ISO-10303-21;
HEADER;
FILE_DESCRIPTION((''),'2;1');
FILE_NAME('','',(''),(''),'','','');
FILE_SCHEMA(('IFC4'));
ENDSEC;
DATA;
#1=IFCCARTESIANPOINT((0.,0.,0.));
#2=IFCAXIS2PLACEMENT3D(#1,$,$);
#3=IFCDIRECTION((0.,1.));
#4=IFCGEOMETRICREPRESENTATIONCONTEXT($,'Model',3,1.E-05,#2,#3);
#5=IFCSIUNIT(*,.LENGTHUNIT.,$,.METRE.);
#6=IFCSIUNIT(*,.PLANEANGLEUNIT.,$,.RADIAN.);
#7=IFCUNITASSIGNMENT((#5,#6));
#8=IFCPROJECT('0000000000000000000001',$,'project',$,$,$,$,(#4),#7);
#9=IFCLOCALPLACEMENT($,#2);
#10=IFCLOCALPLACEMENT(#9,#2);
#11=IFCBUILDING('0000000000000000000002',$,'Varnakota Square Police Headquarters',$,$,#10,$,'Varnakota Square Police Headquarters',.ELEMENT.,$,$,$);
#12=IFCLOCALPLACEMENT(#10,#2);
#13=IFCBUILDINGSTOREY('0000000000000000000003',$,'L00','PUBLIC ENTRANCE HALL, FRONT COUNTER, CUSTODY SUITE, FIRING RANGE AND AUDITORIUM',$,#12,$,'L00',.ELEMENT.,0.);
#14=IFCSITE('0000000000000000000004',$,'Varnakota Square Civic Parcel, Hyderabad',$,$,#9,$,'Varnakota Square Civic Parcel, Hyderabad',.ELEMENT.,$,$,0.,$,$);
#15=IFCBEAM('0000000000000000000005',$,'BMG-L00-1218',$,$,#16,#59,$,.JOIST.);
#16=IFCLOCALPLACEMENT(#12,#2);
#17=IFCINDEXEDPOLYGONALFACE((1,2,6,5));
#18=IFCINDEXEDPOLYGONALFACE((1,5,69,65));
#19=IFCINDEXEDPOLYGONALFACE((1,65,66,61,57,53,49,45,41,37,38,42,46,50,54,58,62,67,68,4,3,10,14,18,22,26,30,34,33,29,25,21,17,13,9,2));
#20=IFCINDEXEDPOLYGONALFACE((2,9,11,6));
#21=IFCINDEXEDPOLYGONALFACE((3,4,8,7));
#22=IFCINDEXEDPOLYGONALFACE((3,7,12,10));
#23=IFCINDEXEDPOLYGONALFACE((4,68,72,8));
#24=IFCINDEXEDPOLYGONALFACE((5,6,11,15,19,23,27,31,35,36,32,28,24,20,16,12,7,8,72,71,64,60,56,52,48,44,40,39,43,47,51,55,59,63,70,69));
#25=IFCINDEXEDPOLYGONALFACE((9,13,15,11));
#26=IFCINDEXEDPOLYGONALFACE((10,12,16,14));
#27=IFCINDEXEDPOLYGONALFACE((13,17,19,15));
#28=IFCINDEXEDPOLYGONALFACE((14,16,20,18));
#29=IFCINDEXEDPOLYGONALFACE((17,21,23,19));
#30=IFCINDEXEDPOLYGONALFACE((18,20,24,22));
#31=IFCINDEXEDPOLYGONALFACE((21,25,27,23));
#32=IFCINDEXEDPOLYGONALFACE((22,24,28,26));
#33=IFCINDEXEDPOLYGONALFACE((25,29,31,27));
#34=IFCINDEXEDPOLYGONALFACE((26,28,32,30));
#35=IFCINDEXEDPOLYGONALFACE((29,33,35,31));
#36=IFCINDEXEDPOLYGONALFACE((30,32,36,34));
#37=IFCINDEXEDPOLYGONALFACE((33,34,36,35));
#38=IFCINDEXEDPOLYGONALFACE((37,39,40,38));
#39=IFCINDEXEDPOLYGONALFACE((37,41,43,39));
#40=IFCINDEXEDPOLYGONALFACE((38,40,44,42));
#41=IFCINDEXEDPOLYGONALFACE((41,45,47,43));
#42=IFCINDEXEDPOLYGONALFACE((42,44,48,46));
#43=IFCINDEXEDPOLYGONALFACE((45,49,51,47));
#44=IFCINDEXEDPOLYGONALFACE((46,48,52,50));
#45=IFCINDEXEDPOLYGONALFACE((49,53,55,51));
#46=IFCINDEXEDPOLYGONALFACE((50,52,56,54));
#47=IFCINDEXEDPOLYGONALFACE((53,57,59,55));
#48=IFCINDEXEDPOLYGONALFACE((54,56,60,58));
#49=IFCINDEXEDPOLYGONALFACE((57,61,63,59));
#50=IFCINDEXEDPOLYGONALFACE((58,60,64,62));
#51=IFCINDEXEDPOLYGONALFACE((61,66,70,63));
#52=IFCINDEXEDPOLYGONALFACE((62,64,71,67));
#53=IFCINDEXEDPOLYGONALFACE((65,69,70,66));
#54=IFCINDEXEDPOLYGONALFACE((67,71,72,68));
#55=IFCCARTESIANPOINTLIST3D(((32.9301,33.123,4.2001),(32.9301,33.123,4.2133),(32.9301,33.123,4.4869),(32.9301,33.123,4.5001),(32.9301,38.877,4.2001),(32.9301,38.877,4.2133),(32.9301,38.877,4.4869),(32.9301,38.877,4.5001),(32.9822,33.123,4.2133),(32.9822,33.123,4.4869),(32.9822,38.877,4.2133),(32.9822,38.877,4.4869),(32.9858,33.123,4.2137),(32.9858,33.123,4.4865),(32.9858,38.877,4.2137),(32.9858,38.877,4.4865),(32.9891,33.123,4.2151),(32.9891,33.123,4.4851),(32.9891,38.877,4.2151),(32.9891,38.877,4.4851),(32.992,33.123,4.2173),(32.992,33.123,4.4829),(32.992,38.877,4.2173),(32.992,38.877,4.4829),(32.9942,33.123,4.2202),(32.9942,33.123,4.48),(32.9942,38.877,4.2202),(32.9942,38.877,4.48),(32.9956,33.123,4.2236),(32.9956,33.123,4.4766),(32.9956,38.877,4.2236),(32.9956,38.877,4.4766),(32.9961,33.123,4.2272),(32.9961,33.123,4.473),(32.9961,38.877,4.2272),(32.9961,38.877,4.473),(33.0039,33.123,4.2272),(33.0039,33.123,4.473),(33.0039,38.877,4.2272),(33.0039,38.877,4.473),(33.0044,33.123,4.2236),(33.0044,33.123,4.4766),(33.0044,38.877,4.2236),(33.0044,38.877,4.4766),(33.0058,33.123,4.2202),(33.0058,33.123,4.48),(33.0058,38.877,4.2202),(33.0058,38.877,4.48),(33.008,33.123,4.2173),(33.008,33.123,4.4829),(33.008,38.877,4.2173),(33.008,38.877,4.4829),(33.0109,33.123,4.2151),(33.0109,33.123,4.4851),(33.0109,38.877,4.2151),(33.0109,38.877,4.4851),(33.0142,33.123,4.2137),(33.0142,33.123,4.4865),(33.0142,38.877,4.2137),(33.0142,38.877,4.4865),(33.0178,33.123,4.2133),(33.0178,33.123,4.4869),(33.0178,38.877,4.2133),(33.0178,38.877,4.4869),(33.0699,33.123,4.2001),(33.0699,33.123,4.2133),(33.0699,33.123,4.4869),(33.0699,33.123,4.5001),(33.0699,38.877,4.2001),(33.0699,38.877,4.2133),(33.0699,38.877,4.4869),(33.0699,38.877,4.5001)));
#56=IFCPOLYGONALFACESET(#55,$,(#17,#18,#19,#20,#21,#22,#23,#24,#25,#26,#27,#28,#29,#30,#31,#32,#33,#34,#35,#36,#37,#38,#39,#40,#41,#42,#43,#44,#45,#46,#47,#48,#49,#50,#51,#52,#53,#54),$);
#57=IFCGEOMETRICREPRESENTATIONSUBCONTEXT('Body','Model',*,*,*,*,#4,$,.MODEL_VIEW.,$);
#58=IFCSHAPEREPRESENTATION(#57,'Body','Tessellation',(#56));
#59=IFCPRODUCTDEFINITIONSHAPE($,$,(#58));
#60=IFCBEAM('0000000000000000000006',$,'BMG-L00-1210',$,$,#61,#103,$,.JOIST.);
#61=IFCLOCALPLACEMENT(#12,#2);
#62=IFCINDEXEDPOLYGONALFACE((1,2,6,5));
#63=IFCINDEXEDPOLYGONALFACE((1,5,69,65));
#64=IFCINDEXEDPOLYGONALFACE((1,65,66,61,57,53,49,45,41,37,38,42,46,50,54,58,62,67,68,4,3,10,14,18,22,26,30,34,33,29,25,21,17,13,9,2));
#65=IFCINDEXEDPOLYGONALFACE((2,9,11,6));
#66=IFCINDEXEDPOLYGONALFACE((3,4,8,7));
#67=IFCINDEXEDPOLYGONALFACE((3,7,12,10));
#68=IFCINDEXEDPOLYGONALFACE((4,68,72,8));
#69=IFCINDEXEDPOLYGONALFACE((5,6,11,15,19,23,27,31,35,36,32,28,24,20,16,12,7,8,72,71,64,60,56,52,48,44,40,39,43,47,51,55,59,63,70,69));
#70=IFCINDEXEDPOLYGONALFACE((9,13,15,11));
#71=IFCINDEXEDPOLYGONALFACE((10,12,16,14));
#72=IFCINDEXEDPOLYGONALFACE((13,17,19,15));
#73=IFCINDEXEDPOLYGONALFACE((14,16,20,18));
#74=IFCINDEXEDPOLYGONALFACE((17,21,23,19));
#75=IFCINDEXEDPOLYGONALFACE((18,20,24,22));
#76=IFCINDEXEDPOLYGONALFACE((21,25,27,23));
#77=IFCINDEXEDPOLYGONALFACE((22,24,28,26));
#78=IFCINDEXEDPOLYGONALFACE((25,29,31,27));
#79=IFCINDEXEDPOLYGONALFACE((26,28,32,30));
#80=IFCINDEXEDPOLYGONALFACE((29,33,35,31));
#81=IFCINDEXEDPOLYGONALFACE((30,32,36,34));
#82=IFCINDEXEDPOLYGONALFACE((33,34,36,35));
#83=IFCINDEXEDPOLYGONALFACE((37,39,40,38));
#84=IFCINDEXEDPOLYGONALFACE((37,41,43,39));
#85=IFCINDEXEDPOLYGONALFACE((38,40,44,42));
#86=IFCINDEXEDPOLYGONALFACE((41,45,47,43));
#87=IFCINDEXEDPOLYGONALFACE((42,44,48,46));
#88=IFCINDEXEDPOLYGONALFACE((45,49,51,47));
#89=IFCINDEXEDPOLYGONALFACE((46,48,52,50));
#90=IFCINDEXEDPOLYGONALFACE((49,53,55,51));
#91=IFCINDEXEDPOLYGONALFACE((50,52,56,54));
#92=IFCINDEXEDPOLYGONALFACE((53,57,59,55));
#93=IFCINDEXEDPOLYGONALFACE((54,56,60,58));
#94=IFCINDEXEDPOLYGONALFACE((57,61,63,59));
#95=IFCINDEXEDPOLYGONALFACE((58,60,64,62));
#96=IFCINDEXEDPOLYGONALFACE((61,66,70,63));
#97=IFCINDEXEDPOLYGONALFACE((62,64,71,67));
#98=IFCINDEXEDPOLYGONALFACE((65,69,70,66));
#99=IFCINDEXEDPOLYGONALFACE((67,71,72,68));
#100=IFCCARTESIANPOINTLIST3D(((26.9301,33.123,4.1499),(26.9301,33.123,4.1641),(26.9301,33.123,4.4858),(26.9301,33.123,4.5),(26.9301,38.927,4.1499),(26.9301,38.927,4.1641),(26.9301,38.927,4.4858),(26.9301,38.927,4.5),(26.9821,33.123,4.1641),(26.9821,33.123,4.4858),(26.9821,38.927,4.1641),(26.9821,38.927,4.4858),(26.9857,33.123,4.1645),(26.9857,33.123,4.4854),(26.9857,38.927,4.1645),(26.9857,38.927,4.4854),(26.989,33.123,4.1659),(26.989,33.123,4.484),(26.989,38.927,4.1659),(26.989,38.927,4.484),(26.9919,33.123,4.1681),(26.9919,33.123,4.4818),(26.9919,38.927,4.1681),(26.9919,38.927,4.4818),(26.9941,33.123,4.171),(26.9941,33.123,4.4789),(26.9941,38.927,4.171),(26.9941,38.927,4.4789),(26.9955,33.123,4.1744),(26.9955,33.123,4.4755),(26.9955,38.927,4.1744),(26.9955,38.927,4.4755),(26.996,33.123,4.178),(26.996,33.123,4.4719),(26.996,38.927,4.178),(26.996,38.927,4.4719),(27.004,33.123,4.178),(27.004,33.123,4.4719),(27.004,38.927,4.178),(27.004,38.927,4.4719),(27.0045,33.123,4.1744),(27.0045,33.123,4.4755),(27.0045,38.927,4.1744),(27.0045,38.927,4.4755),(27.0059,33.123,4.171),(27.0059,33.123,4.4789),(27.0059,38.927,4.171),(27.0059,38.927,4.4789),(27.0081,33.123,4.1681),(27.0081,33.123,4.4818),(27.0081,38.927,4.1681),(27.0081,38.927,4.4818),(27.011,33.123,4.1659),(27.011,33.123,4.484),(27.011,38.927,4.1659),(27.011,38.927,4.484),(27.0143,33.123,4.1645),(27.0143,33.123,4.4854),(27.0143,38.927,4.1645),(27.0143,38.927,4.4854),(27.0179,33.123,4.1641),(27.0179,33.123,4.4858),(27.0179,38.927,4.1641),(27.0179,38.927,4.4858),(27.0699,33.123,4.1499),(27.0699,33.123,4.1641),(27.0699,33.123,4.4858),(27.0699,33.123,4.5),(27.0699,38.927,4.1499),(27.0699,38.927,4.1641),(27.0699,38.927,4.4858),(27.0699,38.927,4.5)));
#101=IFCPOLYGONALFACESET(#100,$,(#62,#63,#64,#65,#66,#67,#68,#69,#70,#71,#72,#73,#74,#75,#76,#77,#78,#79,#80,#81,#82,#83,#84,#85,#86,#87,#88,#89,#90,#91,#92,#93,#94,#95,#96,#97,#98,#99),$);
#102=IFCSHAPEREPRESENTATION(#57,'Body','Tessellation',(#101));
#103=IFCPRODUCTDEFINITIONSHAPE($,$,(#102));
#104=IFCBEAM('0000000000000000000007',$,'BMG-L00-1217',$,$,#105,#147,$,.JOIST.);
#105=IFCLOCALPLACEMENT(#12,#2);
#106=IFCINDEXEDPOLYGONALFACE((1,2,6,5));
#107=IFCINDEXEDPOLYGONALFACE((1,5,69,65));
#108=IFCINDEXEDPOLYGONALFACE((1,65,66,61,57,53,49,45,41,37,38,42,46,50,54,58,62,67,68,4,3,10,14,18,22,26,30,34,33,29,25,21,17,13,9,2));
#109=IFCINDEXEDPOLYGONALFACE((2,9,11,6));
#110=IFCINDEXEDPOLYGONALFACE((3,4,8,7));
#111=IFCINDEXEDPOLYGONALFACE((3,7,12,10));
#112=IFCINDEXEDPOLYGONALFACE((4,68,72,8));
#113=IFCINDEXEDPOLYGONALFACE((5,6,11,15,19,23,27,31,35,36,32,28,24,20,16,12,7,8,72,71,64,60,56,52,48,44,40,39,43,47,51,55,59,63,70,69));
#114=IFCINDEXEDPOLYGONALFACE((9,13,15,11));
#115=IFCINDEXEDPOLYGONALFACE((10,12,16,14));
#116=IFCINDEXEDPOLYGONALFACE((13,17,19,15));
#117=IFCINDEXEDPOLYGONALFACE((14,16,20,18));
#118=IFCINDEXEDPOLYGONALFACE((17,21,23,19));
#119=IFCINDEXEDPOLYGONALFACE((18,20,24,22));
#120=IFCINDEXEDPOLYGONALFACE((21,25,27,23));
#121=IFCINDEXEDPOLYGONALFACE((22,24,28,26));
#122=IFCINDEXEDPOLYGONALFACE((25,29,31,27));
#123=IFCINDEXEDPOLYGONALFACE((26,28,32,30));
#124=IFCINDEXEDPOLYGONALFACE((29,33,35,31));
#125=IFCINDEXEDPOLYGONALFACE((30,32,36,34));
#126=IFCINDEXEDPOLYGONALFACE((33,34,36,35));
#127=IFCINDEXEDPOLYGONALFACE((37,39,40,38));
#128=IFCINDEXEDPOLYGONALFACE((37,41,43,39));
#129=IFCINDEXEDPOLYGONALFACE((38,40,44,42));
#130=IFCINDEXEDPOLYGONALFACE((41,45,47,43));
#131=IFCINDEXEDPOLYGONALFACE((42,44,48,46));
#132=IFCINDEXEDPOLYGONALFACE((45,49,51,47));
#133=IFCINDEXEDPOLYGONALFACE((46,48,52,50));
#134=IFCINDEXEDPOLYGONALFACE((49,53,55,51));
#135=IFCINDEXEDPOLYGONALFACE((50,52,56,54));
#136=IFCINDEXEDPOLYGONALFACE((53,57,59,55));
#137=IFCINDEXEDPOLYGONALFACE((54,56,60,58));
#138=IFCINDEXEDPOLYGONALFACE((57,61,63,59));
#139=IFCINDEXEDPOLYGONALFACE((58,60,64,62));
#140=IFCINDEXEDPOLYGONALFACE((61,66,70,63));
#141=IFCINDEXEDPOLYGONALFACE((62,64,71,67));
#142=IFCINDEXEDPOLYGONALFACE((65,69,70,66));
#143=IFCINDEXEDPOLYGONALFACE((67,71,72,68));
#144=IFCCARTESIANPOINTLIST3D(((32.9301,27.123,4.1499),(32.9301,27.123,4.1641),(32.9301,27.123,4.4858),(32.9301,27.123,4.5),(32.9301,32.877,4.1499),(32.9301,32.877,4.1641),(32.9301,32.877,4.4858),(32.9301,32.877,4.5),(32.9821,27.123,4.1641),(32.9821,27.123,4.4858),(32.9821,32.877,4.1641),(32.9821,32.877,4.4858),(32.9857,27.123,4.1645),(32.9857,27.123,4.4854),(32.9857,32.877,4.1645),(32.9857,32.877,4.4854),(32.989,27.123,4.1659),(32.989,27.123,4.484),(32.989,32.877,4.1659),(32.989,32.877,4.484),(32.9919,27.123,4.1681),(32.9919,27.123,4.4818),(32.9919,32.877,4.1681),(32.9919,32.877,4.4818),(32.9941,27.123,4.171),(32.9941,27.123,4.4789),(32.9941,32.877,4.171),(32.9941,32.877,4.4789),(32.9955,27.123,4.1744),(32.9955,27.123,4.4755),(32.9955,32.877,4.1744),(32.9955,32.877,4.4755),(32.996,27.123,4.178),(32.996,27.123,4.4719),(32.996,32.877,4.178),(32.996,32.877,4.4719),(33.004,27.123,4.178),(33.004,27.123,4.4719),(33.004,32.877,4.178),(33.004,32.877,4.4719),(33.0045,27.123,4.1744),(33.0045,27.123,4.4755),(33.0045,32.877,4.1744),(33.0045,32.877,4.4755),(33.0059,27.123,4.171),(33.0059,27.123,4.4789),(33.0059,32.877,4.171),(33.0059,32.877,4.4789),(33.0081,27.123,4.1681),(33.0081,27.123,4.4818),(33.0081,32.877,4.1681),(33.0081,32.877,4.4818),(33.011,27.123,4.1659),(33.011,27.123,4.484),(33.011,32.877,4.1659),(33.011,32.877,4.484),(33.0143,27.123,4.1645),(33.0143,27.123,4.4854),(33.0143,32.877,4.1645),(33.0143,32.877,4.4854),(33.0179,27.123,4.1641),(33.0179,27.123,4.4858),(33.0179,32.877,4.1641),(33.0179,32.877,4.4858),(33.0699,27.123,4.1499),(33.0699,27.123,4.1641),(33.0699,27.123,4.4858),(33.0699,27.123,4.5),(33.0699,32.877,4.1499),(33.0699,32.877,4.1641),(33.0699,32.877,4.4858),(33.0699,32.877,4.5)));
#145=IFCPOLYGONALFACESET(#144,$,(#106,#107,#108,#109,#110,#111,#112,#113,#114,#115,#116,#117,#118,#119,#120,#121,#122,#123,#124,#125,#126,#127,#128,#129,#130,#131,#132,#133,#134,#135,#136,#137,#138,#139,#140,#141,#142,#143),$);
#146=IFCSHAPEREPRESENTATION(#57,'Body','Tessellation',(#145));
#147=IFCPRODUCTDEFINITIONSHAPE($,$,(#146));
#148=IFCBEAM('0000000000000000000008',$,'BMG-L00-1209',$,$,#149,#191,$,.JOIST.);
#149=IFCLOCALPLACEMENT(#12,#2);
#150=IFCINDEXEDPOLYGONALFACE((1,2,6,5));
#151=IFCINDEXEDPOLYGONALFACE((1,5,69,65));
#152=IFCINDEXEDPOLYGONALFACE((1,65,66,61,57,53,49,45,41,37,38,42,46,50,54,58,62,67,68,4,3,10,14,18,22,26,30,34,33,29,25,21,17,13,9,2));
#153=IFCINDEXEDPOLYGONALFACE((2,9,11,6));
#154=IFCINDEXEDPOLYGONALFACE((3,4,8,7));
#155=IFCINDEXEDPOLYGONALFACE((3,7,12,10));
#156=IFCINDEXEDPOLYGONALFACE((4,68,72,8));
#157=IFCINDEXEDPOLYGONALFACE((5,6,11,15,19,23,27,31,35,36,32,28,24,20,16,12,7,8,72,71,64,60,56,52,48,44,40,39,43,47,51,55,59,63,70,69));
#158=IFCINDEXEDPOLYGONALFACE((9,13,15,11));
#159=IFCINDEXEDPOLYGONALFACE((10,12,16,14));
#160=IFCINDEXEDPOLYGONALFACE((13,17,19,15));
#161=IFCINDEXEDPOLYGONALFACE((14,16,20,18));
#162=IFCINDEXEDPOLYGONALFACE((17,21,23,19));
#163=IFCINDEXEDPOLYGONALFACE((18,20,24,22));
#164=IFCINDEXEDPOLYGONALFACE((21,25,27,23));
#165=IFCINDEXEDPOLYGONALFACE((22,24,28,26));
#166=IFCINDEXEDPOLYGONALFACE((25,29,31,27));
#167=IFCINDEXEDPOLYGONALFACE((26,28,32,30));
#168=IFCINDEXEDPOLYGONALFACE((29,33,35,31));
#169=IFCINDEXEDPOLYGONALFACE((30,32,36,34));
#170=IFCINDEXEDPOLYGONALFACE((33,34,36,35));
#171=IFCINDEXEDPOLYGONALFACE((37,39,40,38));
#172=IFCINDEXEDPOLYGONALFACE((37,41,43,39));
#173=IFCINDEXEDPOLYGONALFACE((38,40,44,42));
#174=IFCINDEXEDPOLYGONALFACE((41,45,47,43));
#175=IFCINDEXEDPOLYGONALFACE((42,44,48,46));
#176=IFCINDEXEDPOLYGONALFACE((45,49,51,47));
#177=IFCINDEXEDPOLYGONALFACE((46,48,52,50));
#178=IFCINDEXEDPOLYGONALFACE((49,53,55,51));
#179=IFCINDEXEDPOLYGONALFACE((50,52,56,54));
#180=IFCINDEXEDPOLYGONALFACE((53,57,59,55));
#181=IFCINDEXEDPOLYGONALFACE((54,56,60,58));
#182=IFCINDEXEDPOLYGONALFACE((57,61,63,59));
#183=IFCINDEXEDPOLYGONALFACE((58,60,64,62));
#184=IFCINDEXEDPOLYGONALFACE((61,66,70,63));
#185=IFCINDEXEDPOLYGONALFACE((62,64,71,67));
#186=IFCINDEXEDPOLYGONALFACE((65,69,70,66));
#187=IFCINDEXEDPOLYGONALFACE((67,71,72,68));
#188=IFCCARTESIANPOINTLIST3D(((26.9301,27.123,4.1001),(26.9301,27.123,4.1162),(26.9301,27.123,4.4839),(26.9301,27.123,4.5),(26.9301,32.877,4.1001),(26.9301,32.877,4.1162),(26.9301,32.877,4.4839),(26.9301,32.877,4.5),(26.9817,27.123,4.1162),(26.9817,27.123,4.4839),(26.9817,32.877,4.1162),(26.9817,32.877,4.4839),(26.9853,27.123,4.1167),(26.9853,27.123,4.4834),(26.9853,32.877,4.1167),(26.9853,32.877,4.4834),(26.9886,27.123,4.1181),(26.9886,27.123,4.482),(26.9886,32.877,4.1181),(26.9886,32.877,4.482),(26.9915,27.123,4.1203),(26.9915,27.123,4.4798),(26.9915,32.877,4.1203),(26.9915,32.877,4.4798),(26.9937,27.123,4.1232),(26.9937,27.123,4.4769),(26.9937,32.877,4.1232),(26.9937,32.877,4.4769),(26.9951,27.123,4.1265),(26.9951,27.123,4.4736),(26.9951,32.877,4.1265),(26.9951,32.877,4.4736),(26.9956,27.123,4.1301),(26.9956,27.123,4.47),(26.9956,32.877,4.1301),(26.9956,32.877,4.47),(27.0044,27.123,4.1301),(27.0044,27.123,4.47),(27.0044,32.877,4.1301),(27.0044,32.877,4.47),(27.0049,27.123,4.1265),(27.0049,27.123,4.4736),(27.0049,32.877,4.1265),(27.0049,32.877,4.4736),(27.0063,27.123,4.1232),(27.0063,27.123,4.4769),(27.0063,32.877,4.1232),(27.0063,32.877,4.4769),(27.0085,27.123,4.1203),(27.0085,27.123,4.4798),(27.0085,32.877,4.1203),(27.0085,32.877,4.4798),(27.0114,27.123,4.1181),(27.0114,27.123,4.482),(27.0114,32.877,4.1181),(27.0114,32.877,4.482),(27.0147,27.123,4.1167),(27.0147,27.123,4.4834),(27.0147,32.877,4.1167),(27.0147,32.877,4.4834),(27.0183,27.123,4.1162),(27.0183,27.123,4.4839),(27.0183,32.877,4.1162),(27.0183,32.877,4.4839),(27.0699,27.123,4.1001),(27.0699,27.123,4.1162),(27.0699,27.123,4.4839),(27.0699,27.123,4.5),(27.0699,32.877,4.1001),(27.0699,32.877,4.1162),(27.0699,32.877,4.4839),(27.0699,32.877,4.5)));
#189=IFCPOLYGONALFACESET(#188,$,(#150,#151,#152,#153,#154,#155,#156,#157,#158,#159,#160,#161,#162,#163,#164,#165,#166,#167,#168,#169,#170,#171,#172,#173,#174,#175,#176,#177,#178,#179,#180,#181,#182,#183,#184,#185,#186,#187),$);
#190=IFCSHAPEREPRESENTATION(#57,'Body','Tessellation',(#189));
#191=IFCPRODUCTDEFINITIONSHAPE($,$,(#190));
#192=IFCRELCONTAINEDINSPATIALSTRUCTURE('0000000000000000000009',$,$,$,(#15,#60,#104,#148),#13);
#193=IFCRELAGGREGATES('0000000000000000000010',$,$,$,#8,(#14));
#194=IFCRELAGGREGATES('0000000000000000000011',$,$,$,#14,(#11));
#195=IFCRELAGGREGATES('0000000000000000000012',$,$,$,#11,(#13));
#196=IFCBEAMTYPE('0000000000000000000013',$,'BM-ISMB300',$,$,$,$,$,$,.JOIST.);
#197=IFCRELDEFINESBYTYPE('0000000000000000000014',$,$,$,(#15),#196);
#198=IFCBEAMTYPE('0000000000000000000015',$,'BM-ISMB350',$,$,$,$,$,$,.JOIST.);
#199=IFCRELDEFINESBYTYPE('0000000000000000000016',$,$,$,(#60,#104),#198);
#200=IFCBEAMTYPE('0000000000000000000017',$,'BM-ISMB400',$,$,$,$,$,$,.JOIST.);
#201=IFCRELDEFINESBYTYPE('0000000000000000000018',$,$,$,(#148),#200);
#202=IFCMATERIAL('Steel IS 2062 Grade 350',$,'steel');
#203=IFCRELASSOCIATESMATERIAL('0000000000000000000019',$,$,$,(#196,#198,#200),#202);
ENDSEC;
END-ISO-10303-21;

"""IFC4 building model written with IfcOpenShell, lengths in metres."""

from ifc_helpers import new_model, si_unit, direction, frame, origin, origin_2d, place, context, subcontext, project, spatial, i_section, extrude, material, material_profile, profile_set, type_object, element, save


model = new_model("IFC4")

# Units and contexts
model_context = context("Model", 3, precision=1e-05, world=origin(), true_north=direction((0.0, 1.0)))
body_context = subcontext(model_context, "Body", "Model", "MODEL_VIEW")
ifc_project = project(units=[si_unit("LENGTHUNIT", "METRE"), si_unit("PLANEANGLEUNIT", "RADIAN")], contexts=[model_context])

# Site, building, storey
site_placement = place(None, origin())
site = spatial("IfcSite", under=ifc_project, at=site_placement, Name="Varnakota Square Civic Parcel, Hyderabad", LongName="Varnakota Square Civic Parcel, Hyderabad", CompositionType="ELEMENT", RefElevation=0.0)
building_placement = place(site_placement, origin())
building = spatial("IfcBuilding", under=site, at=building_placement, Name="Varnakota Square Police Headquarters", LongName="Varnakota Square Police Headquarters", CompositionType="ELEMENT")
storey_placement = place(building_placement, origin())
storey = spatial("IfcBuildingStorey", under=building, at=storey_placement, Name="L00", Description="PUBLIC ENTRANCE HALL, FRONT COUNTER, CUSTODY SUITE, FIRING RANGE AND AUDITORIUM", LongName="L00", CompositionType="ELEMENT", Elevation=0.0)

# Beams
ifc_material_1 = material(Name="Steel IS 2062 Grade 350", Category="steel")
ifc_material_profile_1 = material_profile(ifc_material_1, i_section(OverallWidth=0.1399, OverallDepth=0.3, WebThickness=0.0078, FlangeThickness=0.0132, FilletRadius=0.0139, at=origin_2d()), Name="ISMB 300")
ifc_profile_set_1 = profile_set([ifc_material_profile_1], Name="Steel IS 2062 Grade 350")
beam_type_1 = type_object("IfcBeamType", Name="BM-ISMB300", PredefinedType="JOIST", material=ifc_profile_set_1)
beam_1_placement = place(storey_placement, frame((33.0, 33.123, 4.3501), z_axis=(0.0, 1.0, 0.0), x_axis=(-1.0, 0.0, 0.0)))
element("IfcBeam", 1, at=beam_1_placement, inside=storey, type_object=beam_type_1, Name="BMG-L00-1218", PredefinedType="JOIST", context=body_context, shape_type="SweptSolid", body=[
    extrude(i_section(OverallWidth=0.1399, OverallDepth=0.3, WebThickness=0.0078, FlangeThickness=0.0132, FilletRadius=0.0139, at=origin_2d()), origin(), (0.0, 0.0, 1.0), 5.7539),
])
ifc_material_profile_2 = material_profile(ifc_material_1, i_section(OverallWidth=0.1399, OverallDepth=0.3501, WebThickness=0.0081, FlangeThickness=0.0142, FilletRadius=0.0139, at=origin_2d()), Name="ISMB 350")
ifc_profile_set_2 = profile_set([ifc_material_profile_2], Name="Steel IS 2062 Grade 350")
beam_type_2 = type_object("IfcBeamType", Name="BM-ISMB350", PredefinedType="JOIST", material=ifc_profile_set_2)
beam_2_placement = place(storey_placement, frame((27.0, 33.123, 4.325), z_axis=(0.0, 1.0, 0.0), x_axis=(-1.0, 0.0, 0.0)))
element("IfcBeam", 2, at=beam_2_placement, inside=storey, type_object=beam_type_2, Name="BMG-L00-1210", PredefinedType="JOIST", context=body_context, shape_type="SweptSolid", body=[
    extrude(i_section(OverallWidth=0.1399, OverallDepth=0.3501, WebThickness=0.0081, FlangeThickness=0.0142, FilletRadius=0.0139, at=origin_2d()), origin(), (0.0, 0.0, 1.0), 5.804),
])
beam_3_placement = place(storey_placement, frame((33.0, 27.123, 4.325), z_axis=(0.0, 1.0, 0.0), x_axis=(-1.0, 0.0, 0.0)))
element("IfcBeam", 3, at=beam_3_placement, inside=storey, type_object=beam_type_2, Name="BMG-L00-1217", PredefinedType="JOIST", context=body_context, shape_type="SweptSolid", body=[
    extrude(i_section(OverallWidth=0.1399, OverallDepth=0.3501, WebThickness=0.0081, FlangeThickness=0.0142, FilletRadius=0.0139, at=origin_2d()), origin(), (0.0, 0.0, 1.0), 5.7539),
])
ifc_material_profile_3 = material_profile(ifc_material_1, i_section(OverallWidth=0.1399, OverallDepth=0.3999, WebThickness=0.0088, FlangeThickness=0.0161, FilletRadius=0.0139, at=origin_2d()), Name="ISMB 400")
ifc_profile_set_3 = profile_set([ifc_material_profile_3], Name="Steel IS 2062 Grade 350")
beam_type_3 = type_object("IfcBeamType", Name="BM-ISMB400", PredefinedType="JOIST", material=ifc_profile_set_3)
for number, where, z_axis, x_axis, name in (
    (4, (27.0, 27.123, 4.3), (0.0, 1.0, 0.0), (-1.0, 0.0, 0.0), "BMG-L00-1209"),
):
    element("IfcBeam", number, at=place(storey_placement, frame(where, z_axis=z_axis, x_axis=x_axis)), inside=storey, type_object=beam_type_3, Name=name, PredefinedType="JOIST", context=body_context, shape_type="SweptSolid", body=[
        extrude(i_section(OverallWidth=0.1399, OverallDepth=0.3999, WebThickness=0.0088, FlangeThickness=0.0161, FilletRadius=0.0139, at=origin_2d()), origin(), (0.0, 0.0, 1.0), 5.7539),
    ])

save(model, "model.ifc")
